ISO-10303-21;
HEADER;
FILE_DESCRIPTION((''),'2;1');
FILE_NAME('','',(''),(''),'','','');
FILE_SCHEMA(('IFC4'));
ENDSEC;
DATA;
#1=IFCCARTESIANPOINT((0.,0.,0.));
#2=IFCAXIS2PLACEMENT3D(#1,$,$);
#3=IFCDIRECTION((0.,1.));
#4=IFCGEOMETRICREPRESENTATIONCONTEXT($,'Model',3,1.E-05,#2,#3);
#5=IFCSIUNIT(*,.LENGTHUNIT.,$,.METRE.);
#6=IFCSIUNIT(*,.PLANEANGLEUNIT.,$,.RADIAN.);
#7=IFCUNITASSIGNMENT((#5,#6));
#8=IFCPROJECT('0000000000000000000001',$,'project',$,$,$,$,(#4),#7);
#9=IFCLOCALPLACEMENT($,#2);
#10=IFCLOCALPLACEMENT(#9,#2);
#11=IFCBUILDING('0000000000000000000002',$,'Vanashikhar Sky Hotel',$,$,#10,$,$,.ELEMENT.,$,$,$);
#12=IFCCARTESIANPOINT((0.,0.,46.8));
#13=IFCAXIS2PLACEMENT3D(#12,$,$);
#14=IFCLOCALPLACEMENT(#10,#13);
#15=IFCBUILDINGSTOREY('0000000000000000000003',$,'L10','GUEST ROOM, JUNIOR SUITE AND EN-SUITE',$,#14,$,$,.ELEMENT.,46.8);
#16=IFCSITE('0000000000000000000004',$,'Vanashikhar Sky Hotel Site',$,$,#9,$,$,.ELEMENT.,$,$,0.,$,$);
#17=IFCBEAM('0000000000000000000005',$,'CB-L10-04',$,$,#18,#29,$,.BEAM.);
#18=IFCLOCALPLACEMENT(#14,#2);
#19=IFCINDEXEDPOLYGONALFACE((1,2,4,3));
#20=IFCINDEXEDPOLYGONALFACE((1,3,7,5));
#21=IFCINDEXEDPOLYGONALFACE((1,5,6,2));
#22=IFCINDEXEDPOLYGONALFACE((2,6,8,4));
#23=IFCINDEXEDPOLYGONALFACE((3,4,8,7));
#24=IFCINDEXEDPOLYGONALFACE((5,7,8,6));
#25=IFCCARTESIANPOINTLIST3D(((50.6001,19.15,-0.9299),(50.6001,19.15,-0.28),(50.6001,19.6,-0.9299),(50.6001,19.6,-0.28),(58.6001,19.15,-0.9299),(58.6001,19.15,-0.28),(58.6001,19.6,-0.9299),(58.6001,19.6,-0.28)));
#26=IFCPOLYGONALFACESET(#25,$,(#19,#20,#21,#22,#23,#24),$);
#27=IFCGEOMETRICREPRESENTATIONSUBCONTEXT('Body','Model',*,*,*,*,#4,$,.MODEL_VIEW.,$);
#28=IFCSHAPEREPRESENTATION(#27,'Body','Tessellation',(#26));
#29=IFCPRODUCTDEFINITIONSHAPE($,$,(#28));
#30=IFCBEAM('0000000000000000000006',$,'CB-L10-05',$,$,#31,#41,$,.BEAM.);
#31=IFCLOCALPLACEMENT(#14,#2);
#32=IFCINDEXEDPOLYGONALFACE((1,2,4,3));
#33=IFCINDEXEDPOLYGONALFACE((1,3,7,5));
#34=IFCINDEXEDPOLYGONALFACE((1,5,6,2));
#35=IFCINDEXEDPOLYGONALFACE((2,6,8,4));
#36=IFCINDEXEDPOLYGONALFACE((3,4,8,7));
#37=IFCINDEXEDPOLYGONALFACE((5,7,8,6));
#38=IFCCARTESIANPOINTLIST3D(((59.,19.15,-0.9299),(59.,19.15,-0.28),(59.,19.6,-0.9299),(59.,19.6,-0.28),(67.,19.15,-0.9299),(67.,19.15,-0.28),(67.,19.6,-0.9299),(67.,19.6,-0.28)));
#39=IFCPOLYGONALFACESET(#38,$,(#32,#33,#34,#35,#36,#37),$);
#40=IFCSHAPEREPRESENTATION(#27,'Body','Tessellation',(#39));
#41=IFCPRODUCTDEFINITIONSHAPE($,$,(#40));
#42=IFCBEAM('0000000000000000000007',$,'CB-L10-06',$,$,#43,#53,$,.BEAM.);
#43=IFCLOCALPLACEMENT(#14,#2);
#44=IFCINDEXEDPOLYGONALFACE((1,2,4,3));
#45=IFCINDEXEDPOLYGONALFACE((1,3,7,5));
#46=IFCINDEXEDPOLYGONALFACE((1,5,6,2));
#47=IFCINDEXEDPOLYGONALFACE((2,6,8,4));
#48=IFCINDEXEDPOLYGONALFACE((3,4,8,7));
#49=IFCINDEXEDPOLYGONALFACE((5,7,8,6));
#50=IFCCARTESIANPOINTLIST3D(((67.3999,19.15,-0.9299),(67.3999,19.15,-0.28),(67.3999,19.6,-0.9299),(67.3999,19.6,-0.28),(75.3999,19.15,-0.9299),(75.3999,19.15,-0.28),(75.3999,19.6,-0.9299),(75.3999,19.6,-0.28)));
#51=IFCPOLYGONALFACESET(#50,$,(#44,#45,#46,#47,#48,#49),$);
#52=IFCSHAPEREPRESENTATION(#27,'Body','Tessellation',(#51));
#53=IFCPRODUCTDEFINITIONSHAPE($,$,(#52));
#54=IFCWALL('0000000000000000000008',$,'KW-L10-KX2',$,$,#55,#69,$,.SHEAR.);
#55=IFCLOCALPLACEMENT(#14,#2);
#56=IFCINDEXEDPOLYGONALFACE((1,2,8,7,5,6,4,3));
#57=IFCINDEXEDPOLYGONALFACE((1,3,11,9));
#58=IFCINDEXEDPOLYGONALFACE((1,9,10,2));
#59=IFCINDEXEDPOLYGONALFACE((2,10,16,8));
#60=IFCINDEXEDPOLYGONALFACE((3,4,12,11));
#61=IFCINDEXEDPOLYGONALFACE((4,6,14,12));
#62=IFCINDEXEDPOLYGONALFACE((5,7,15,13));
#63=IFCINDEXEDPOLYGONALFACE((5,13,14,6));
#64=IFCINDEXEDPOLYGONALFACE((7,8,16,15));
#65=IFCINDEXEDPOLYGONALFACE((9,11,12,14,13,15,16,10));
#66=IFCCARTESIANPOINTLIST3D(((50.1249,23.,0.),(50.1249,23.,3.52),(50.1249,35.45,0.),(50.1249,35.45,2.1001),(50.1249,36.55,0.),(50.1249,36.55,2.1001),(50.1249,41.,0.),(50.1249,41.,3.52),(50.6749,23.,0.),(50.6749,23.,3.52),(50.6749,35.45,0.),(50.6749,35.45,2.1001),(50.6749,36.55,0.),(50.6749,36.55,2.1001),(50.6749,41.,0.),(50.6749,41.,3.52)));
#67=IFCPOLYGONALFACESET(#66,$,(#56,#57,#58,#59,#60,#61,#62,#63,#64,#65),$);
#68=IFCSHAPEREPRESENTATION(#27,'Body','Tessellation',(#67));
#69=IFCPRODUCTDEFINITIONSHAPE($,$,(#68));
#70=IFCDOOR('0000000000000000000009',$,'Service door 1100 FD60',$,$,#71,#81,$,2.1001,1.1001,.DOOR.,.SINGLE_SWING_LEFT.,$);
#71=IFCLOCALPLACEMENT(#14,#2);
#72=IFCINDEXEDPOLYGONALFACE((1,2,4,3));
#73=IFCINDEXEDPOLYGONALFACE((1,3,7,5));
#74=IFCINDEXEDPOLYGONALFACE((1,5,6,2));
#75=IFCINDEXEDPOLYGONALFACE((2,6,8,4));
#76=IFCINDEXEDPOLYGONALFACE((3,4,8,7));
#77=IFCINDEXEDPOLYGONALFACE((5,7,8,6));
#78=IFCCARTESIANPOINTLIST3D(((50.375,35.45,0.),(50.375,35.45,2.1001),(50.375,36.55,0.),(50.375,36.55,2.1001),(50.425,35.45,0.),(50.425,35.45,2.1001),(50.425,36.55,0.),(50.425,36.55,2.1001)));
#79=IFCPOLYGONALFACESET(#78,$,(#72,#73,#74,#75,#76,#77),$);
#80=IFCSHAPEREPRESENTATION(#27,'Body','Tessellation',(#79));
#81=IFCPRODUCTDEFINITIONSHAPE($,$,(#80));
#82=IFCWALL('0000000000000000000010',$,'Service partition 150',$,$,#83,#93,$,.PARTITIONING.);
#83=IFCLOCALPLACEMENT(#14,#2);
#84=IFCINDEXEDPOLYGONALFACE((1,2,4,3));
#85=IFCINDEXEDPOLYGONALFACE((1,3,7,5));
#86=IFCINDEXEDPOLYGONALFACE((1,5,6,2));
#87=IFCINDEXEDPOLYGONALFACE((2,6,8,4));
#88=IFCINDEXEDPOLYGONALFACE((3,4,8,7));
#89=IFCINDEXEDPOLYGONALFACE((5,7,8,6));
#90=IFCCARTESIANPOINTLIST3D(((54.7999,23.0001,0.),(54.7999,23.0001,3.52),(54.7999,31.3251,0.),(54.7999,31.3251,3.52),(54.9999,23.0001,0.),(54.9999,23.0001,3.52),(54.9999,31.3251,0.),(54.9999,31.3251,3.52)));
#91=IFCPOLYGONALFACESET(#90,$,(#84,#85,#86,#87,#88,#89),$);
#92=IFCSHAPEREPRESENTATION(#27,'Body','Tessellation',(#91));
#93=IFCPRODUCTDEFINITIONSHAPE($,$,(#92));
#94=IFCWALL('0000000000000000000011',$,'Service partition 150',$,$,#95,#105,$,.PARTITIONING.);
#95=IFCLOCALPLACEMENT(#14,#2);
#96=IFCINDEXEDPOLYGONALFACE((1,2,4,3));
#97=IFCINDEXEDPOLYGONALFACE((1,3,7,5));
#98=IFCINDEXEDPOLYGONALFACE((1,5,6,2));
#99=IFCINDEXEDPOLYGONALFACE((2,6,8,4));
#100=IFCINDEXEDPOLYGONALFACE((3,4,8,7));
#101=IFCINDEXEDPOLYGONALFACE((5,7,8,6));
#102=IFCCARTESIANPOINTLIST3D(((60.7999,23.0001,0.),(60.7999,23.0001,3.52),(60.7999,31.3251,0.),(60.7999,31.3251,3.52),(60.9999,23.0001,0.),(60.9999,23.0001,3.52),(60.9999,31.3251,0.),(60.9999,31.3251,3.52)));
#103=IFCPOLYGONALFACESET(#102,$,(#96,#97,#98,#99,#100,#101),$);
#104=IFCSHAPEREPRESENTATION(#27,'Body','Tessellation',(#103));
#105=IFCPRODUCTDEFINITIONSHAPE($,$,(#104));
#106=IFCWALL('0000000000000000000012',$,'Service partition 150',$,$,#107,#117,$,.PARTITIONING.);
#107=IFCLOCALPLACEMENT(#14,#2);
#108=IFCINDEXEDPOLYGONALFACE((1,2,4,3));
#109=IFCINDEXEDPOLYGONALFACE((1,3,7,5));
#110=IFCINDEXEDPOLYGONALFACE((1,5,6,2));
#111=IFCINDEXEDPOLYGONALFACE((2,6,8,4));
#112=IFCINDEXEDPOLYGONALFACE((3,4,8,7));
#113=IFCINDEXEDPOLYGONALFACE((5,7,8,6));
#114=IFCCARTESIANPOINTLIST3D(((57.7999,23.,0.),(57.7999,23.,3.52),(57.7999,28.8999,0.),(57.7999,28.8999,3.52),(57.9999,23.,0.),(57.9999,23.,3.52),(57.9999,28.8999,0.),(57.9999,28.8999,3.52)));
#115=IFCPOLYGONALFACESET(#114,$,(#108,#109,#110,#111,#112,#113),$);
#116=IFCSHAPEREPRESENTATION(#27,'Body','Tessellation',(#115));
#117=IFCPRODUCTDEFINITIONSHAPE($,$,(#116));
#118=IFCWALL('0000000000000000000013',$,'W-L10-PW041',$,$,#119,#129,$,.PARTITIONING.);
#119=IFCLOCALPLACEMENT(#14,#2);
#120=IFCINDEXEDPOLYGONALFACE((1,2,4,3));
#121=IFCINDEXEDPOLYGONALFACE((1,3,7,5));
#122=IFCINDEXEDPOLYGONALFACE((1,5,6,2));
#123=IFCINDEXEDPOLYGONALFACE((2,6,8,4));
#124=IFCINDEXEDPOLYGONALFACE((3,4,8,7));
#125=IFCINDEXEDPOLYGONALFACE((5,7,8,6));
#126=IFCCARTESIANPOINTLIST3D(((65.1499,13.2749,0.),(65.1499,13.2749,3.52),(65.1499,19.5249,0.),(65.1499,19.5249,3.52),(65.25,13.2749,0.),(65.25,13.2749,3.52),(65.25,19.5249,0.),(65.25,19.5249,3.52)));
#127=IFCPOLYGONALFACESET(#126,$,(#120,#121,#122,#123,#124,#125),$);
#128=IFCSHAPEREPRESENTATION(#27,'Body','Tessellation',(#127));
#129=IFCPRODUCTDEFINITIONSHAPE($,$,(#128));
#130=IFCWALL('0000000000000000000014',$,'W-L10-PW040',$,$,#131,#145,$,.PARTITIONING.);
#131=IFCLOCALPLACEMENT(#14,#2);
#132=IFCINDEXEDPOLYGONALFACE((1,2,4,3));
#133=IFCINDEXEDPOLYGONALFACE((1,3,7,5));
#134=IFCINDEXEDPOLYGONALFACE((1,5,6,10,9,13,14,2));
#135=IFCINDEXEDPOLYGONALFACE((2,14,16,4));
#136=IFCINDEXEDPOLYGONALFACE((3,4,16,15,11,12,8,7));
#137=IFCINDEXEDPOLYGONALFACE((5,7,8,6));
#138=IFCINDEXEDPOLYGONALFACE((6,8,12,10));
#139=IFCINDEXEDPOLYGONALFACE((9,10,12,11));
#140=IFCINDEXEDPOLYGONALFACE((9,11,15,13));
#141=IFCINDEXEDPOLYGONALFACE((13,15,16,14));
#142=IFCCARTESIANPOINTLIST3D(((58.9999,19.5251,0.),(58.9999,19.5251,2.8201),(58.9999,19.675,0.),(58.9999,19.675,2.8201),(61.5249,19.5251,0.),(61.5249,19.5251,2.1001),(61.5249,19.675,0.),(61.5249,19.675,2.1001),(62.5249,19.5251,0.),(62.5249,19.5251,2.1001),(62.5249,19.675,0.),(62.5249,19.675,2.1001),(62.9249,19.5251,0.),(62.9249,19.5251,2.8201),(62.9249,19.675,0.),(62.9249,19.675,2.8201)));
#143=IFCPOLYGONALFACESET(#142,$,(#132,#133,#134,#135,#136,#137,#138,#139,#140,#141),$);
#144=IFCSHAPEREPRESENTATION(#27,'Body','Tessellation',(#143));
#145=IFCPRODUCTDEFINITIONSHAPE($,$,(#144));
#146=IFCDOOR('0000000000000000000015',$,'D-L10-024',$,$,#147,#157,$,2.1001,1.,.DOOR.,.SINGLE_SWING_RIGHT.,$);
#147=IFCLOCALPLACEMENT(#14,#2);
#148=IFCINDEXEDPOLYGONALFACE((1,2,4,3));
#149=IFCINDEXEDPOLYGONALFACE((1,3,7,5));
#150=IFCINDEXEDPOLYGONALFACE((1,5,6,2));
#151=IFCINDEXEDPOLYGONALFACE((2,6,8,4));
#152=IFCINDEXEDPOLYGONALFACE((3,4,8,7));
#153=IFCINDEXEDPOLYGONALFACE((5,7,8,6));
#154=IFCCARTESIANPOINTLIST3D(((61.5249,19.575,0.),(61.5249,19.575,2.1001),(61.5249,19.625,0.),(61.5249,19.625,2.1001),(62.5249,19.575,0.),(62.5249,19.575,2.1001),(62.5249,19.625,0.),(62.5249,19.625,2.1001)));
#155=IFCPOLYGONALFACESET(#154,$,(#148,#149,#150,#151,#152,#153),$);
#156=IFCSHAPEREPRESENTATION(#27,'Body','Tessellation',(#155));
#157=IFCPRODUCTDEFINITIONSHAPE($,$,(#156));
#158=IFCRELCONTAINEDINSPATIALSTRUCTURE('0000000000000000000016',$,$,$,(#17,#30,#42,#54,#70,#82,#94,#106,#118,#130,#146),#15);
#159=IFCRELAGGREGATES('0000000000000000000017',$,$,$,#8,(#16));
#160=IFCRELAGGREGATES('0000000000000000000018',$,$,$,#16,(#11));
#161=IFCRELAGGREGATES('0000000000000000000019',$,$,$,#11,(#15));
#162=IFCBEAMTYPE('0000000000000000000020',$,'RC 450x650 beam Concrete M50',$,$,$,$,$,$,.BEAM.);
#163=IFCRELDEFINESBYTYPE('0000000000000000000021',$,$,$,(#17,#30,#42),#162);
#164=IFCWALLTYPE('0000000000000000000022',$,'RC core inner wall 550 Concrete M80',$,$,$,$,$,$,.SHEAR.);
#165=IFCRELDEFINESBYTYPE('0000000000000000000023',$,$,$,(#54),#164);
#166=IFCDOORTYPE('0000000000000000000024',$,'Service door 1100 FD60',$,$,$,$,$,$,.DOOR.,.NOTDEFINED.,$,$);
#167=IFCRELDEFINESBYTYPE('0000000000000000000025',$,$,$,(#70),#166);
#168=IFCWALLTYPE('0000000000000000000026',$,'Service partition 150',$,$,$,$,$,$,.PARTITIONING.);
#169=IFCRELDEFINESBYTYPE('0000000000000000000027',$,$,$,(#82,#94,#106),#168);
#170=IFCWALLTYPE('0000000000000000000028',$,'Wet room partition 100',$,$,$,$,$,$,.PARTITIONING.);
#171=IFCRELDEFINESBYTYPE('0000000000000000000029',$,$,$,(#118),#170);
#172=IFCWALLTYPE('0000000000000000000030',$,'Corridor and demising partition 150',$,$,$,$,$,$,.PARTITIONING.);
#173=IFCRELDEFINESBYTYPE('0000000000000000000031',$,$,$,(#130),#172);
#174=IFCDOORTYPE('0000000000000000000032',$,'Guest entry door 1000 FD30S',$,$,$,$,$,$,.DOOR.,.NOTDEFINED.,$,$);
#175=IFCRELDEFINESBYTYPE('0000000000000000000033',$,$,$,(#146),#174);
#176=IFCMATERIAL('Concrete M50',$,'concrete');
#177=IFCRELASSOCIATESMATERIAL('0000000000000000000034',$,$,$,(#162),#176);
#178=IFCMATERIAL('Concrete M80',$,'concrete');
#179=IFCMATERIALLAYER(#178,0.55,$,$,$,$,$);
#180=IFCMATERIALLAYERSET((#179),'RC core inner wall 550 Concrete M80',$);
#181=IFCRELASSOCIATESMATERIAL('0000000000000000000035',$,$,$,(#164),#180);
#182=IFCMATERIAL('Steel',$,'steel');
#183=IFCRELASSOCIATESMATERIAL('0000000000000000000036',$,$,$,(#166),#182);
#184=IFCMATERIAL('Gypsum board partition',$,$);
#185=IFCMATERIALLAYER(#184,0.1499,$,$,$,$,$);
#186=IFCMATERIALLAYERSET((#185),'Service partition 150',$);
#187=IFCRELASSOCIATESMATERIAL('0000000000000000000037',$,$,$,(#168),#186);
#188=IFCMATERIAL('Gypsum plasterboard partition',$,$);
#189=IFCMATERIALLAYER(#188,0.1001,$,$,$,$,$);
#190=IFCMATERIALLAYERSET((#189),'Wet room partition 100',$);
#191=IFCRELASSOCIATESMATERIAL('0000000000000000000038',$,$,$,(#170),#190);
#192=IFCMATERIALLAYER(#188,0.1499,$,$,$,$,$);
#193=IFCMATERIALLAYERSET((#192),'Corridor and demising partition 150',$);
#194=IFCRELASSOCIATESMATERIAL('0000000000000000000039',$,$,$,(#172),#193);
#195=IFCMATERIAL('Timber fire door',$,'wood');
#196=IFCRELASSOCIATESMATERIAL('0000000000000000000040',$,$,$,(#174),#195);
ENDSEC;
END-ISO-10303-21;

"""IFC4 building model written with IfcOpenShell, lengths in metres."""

from ifc_helpers import new_model, si_unit, direction, frame, frame_2d, origin, origin_2d, place, context, subcontext, project, spatial, rectangle, extrude, source, transform, mapped, material, layer, layer_set, material_profile, profile_set, type_object, element, fill, save


model = new_model("IFC4")

# Units and contexts
model_context = context("Model", 3, precision=1e-05, world=origin(), true_north=direction((0.0, 1.0)))
body_context = subcontext(model_context, "Body", "Model", "MODEL_VIEW")
ifc_project = project(units=[si_unit("LENGTHUNIT", "METRE"), si_unit("PLANEANGLEUNIT", "RADIAN")], contexts=[model_context])

# Site, building, storey
site_placement = place(None, origin())
site = spatial("IfcSite", under=ifc_project, at=site_placement, Name="Vanashikhar Sky Hotel Site", CompositionType="ELEMENT", RefElevation=0.0)
building_placement = place(site_placement, origin())
building = spatial("IfcBuilding", under=site, at=building_placement, Name="Vanashikhar Sky Hotel", CompositionType="ELEMENT")
storey_placement = place(building_placement, frame((0.0, 0.0, 46.8)))
storey = spatial("IfcBuildingStorey", under=building, at=storey_placement, Name="L10", Description="GUEST ROOM, JUNIOR SUITE AND EN-SUITE", CompositionType="ELEMENT", Elevation=46.8)

# Beams
ifc_material_1 = material(Name="Concrete M50", Category="concrete")
ifc_material_profile = material_profile(ifc_material_1, rectangle(XDim=0.45, YDim=0.6499, at=origin_2d()))
ifc_profile_set = profile_set([ifc_material_profile], Name="RC 450x650 beam Concrete M50")
beam_type = type_object("IfcBeamType", Name="RC 450x650 beam Concrete M50", PredefinedType="BEAM", material=ifc_profile_set)
shared_shape_1 = source(origin(), body_context, "Body", "SweptSolid", [
    extrude(rectangle(XDim=0.45, YDim=0.6499, at=origin_2d()), origin(), (0.0, 0.0, 1.0), 8.0),
])
for number, where, z_axis, x_axis, name in (
    (1, (50.6001, 19.375, -0.605), (1.0, 0.0, 0.0), (0.0, 1.0, 0.0), "CB-L10-04"),
    (2, (59.0, 19.375, -0.605), (1.0, 0.0, 0.0), (0.0, 1.0, 0.0), "CB-L10-05"),
    (3, (67.3999, 19.375, -0.605), (1.0, 0.0, 0.0), (0.0, 1.0, 0.0), "CB-L10-06"),
):
    element("IfcBeam", number, at=place(storey_placement, frame(where, z_axis=z_axis, x_axis=x_axis)), inside=storey, type_object=beam_type, Name=name, PredefinedType="BEAM", context=body_context, shape_type="MappedRepresentation", body=[
        mapped(shared_shape_1, transform((0.0, 0.0, 0.0), scale=1.0)),
    ])

# Wall, opening, door
ifc_material_2 = material(Name="Concrete M80", Category="concrete")
ifc_layer_1 = layer(ifc_material_2, 0.55)
ifc_layer_set_1 = layer_set([ifc_layer_1], Name="RC core inner wall 550 Concrete M80")
wall_type_1 = type_object("IfcWallType", Name="RC core inner wall 550 Concrete M80", PredefinedType="SHEAR", material=ifc_layer_set_1)
shared_shape_2 = source(origin(), body_context, "Body", "SweptSolid", [
    extrude(rectangle(XDim=18.0, YDim=0.55, at=frame_2d((9.0, 0.0))), origin(), (0.0, 0.0, 1.0), 3.52),
])
wall_1_placement = place(storey_placement, frame((50.3999, 23.0, 0.0), z_axis=(0.0, 0.0, 1.0), x_axis=(0.0, 1.0, 0.0)))
wall_1 = element("IfcWall", 4, at=wall_1_placement, inside=storey, type_object=wall_type_1, Name="KW-L10-KX2", PredefinedType="SHEAR", context=body_context, shape_type="MappedRepresentation", body=[
    mapped(shared_shape_2, transform((0.0, 0.0, 0.0), scale=1.0)),
])
shared_shape_3 = source(origin(), body_context, "Body", "SweptSolid", [
    extrude(rectangle(XDim=1.1001, YDim=2.1001, at=frame_2d((0.55, 1.05))), frame((0.0, 0.2852, 0.0), z_axis=(0.0, -1.0, 0.0), x_axis=(1.0, 0.0, 0.0)), (0.0, 0.0, 1.0), 0.5701),
])
opening_1_placement = place(wall_1_placement, frame((12.45, 0.0, 0.0)))
opening_1 = element("IfcOpeningElement", 5, at=opening_1_placement, cuts=wall_1, PredefinedType="OPENING", context=body_context, shape_type="MappedRepresentation", body=[
    mapped(shared_shape_3, transform((0.0, 0.0, 0.0), scale=1.0)),
])
ifc_material_3 = material(Name="Steel", Category="steel")
door_type_1 = type_object("IfcDoorType", Name="Service door 1100 FD60", OperationType="NOTDEFINED", PredefinedType="DOOR", material=ifc_material_3)
shared_shape_4 = source(origin(), body_context, "Body", "SweptSolid", [
    extrude(rectangle(XDim=1.1001, YDim=2.1001, at=frame_2d((0.55, 1.05))), frame((0.0, 0.0249, 0.0), z_axis=(0.0, -1.0, 0.0), x_axis=(1.0, 0.0, 0.0)), (0.0, 0.0, 1.0), 0.05),
])
door_1_placement = place(opening_1_placement, origin())
door_1 = element("IfcDoor", 6, at=door_1_placement, inside=storey, type_object=door_type_1, Name="Service door 1100 FD60", OperationType="SINGLE_SWING_LEFT", OverallHeight=2.1001, OverallWidth=1.1001, PredefinedType="DOOR", context=body_context, shape_type="MappedRepresentation", body=[
    mapped(shared_shape_4, transform((0.0, 0.0, 0.0), scale=1.0)),
])
fill(opening_1, door_1)

# Walls
ifc_material_4 = material(Name="Gypsum board partition")
ifc_layer_2 = layer(ifc_material_4, 0.1499)
ifc_layer_set_2 = layer_set([ifc_layer_2], Name="Service partition 150")
wall_type_2 = type_object("IfcWallType", Name="Service partition 150", PredefinedType="PARTITIONING", material=ifc_layer_set_2)
shared_shape_5 = source(origin(), body_context, "Body", "SweptSolid", [
    extrude(rectangle(XDim=8.325, YDim=0.2, at=frame_2d((4.1626, 0.0))), origin(), (0.0, 0.0, 1.0), 3.52),
])
for number, where, z_axis, x_axis, name in (
    (7, (54.8999, 23.0, 0.0), (0.0, 0.0, 1.0), (0.0, 1.0, 0.0), "Service partition 150"),
    (8, (60.8999, 23.0, 0.0), (0.0, 0.0, 1.0), (0.0, 1.0, 0.0), "Service partition 150"),
):
    element("IfcWall", number, at=place(storey_placement, frame(where, z_axis=z_axis, x_axis=x_axis)), inside=storey, type_object=wall_type_2, Name=name, PredefinedType="PARTITIONING", context=body_context, shape_type="MappedRepresentation", body=[
        mapped(shared_shape_5, transform((0.0, 0.0, 0.0), scale=1.0)),
    ])
shared_shape_6 = source(origin(), body_context, "Body", "SweptSolid", [
    extrude(rectangle(XDim=5.8999, YDim=0.2, at=frame_2d((2.95, 0.0))), origin(), (0.0, 0.0, 1.0), 3.52),
])
wall_2_placement = place(storey_placement, frame((57.8999, 23.0, 0.0), z_axis=(0.0, 0.0, 1.0), x_axis=(0.0, 1.0, 0.0)))
element("IfcWall", 9, at=wall_2_placement, inside=storey, type_object=wall_type_2, Name="Service partition 150", PredefinedType="PARTITIONING", context=body_context, shape_type="MappedRepresentation", body=[
    mapped(shared_shape_6, transform((0.0, 0.0, 0.0), scale=1.0)),
])
ifc_material_5 = material(Name="Gypsum plasterboard partition")
ifc_layer_3 = layer(ifc_material_5, 0.1001)
ifc_layer_set_3 = layer_set([ifc_layer_3], Name="Wet room partition 100")
wall_type_3 = type_object("IfcWallType", Name="Wet room partition 100", PredefinedType="PARTITIONING", material=ifc_layer_set_3)
shared_shape_7 = source(origin(), body_context, "Body", "SweptSolid", [
    extrude(rectangle(XDim=6.25, YDim=0.1001, at=frame_2d((3.125, 0.0))), origin(), (0.0, 0.0, 1.0), 3.52),
])
wall_3_placement = place(storey_placement, frame((65.2, 13.2749, 0.0), z_axis=(0.0, 0.0, 1.0), x_axis=(0.0, 1.0, 0.0)))
element("IfcWall", 10, at=wall_3_placement, inside=storey, type_object=wall_type_3, Name="W-L10-PW041", PredefinedType="PARTITIONING", context=body_context, shape_type="MappedRepresentation", body=[
    mapped(shared_shape_7, transform((0.0, 0.0, 0.0), scale=1.0)),
])

# Wall, opening, door
ifc_layer_4 = layer(ifc_material_5, 0.1499)
ifc_layer_set_4 = layer_set([ifc_layer_4], Name="Corridor and demising partition 150")
wall_type_4 = type_object("IfcWallType", Name="Corridor and demising partition 150", PredefinedType="PARTITIONING", material=ifc_layer_set_4)
shared_shape_8 = source(origin(), body_context, "Body", "SweptSolid", [
    extrude(rectangle(XDim=3.925, YDim=0.1499, at=frame_2d((1.9624, 0.0))), origin(), (0.0, 0.0, 1.0), 2.8201),
])
wall_4_placement = place(storey_placement, frame((59.0, 19.6001, 0.0), z_axis=(0.0, 0.0, 1.0), x_axis=(1.0, 0.0, 0.0)))
wall_4 = element("IfcWall", 11, at=wall_4_placement, inside=storey, type_object=wall_type_4, Name="W-L10-PW040", PredefinedType="PARTITIONING", context=body_context, shape_type="MappedRepresentation", body=[
    mapped(shared_shape_8, transform((0.0, 0.0, 0.0), scale=1.0)),
])
shared_shape_9 = source(origin(), body_context, "Body", "SweptSolid", [
    extrude(rectangle(XDim=1.0, YDim=2.1001, at=frame_2d((0.5, 1.05))), frame((0.0, 0.085, 0.0), z_axis=(0.0, -1.0, 0.0), x_axis=(1.0, 0.0, 0.0)), (0.0, 0.0, 1.0), 0.1699),
])
opening_2_placement = place(wall_4_placement, frame((2.5249, 0.0, 0.0)))
opening_2 = element("IfcOpeningElement", 12, at=opening_2_placement, cuts=wall_4, PredefinedType="OPENING", context=body_context, shape_type="MappedRepresentation", body=[
    mapped(shared_shape_9, transform((0.0, 0.0, 0.0), scale=1.0)),
])
ifc_material_6 = material(Name="Timber fire door", Category="wood")
door_type_2 = type_object("IfcDoorType", Name="Guest entry door 1000 FD30S", OperationType="NOTDEFINED", PredefinedType="DOOR", material=ifc_material_6)
shared_shape_10 = source(origin(), body_context, "Body", "SweptSolid", [
    extrude(rectangle(XDim=1.0, YDim=2.1001, at=frame_2d((0.5, 1.05))), frame((0.0, 0.0249, 0.0), z_axis=(0.0, -1.0, 0.0), x_axis=(1.0, 0.0, 0.0)), (0.0, 0.0, 1.0), 0.05),
])
door_2_placement = place(opening_2_placement, origin())
door_2 = element("IfcDoor", 13, at=door_2_placement, inside=storey, type_object=door_type_2, Name="D-L10-024", OperationType="SINGLE_SWING_RIGHT", OverallHeight=2.1001, OverallWidth=1.0, PredefinedType="DOOR", context=body_context, shape_type="MappedRepresentation", body=[
    mapped(shared_shape_10, transform((0.0, 0.0, 0.0), scale=1.0)),
])
fill(opening_2, door_2)

save(model, "model.ifc")
